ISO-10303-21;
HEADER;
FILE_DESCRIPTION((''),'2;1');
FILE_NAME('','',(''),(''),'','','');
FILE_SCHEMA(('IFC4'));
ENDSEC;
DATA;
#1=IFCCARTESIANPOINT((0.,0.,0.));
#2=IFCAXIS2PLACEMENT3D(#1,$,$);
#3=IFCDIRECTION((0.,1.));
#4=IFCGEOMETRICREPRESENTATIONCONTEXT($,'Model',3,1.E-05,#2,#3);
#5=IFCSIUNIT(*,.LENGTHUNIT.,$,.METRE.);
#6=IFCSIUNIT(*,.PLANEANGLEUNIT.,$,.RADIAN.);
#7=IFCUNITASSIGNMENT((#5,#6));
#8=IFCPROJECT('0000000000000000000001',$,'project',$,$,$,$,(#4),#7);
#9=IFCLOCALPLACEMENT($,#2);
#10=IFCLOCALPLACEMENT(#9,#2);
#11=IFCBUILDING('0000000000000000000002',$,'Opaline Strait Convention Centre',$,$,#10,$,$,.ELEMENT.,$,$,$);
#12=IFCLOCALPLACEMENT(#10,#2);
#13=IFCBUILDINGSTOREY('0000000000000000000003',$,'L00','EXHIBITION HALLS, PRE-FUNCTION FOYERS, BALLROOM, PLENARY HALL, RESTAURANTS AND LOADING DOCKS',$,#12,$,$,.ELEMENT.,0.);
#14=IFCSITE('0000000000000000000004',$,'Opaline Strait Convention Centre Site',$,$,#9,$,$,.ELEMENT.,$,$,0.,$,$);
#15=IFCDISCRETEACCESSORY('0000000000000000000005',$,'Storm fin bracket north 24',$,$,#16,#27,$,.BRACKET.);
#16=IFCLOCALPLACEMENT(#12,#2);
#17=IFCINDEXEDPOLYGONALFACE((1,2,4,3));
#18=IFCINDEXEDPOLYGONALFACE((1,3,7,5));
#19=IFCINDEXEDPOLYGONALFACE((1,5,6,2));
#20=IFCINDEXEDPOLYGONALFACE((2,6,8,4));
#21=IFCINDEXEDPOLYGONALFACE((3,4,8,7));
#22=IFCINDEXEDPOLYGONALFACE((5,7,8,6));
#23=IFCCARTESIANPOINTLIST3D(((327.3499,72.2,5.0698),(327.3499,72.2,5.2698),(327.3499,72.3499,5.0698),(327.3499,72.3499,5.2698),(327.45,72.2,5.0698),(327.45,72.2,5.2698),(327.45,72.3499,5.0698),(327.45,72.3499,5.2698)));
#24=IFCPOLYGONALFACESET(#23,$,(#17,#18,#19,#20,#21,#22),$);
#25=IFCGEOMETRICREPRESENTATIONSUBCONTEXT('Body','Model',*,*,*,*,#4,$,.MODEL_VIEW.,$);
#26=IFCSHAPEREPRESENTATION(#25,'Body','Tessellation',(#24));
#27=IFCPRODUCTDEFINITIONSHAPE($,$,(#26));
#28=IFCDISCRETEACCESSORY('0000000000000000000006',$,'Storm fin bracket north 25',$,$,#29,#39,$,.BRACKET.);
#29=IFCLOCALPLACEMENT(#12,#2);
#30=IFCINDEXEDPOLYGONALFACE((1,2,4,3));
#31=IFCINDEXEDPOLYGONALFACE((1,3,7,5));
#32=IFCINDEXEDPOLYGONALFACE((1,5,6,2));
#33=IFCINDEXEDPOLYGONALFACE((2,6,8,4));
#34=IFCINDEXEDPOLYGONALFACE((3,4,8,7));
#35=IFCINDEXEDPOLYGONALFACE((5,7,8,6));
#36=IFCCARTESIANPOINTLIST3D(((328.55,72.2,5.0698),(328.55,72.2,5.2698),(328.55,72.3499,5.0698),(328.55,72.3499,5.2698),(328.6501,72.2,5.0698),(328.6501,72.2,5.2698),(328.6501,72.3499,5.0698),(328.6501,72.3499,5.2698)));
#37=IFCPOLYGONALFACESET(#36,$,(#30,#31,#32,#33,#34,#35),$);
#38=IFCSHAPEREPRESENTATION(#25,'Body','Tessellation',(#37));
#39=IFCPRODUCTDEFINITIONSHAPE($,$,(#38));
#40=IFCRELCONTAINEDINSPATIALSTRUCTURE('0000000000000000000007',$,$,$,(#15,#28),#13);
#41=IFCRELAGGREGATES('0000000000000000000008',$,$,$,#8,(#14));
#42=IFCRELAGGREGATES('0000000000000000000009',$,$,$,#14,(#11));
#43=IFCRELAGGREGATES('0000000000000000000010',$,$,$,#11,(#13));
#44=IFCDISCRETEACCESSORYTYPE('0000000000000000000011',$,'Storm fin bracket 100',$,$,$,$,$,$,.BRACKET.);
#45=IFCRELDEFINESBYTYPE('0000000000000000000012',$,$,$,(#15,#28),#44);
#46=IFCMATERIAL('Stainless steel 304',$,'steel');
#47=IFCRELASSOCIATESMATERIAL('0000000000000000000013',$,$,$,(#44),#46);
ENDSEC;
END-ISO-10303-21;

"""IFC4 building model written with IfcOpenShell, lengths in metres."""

from ifc_helpers import new_model, si_unit, direction, frame, origin, origin_2d, place, context, subcontext, project, spatial, rectangle, extrude, material, type_object, element, save


model = new_model("IFC4")

# Units and contexts
model_context = context("Model", 3, precision=1e-05, world=origin(), true_north=direction((0.0, 1.0)))
body_context = subcontext(model_context, "Body", "Model", "MODEL_VIEW")
ifc_project = project(units=[si_unit("LENGTHUNIT", "METRE"), si_unit("PLANEANGLEUNIT", "RADIAN")], contexts=[model_context])

# Site, building, storey
site_placement = place(None, origin())
site = spatial("IfcSite", under=ifc_project, at=site_placement, Name="Opaline Strait Convention Centre Site", CompositionType="ELEMENT", RefElevation=0.0)
building_placement = place(site_placement, origin())
building = spatial("IfcBuilding", under=site, at=building_placement, Name="Opaline Strait Convention Centre", CompositionType="ELEMENT")
storey_placement = place(building_placement, origin())
storey = spatial("IfcBuildingStorey", under=building, at=storey_placement, Name="L00", Description="EXHIBITION HALLS, PRE-FUNCTION FOYERS, BALLROOM, PLENARY HALL, RESTAURANTS AND LOADING DOCKS", CompositionType="ELEMENT", Elevation=0.0)

# Discrete accessories
ifc_material_1 = material(Name="Stainless steel 304", Category="steel")
discrete_accessory_type = type_object("IfcDiscreteAccessoryType", Name="Storm fin bracket 100", PredefinedType="BRACKET", material=ifc_material_1)
for number, where, z_axis, x_axis, name in (
    (1, (327.3999, 72.2749, 5.0698), (0.0, 0.0, 1.0), (1.0, 0.0, 0.0), "Storm fin bracket north 24"),
    (2, (328.6001, 72.2749, 5.0698), (0.0, 0.0, 1.0), (1.0, 0.0, 0.0), "Storm fin bracket north 25"),
):
    element("IfcDiscreteAccessory", number, at=place(storey_placement, frame(where, z_axis=z_axis, x_axis=x_axis)), inside=storey, type_object=discrete_accessory_type, Name=name, PredefinedType="BRACKET", context=body_context, shape_type="SweptSolid", body=[
        extrude(rectangle(XDim=0.1001, YDim=0.1499, at=origin_2d()), origin(), (0.0, 0.0, 1.0), 0.2),
    ])

save(model, "model.ifc")
